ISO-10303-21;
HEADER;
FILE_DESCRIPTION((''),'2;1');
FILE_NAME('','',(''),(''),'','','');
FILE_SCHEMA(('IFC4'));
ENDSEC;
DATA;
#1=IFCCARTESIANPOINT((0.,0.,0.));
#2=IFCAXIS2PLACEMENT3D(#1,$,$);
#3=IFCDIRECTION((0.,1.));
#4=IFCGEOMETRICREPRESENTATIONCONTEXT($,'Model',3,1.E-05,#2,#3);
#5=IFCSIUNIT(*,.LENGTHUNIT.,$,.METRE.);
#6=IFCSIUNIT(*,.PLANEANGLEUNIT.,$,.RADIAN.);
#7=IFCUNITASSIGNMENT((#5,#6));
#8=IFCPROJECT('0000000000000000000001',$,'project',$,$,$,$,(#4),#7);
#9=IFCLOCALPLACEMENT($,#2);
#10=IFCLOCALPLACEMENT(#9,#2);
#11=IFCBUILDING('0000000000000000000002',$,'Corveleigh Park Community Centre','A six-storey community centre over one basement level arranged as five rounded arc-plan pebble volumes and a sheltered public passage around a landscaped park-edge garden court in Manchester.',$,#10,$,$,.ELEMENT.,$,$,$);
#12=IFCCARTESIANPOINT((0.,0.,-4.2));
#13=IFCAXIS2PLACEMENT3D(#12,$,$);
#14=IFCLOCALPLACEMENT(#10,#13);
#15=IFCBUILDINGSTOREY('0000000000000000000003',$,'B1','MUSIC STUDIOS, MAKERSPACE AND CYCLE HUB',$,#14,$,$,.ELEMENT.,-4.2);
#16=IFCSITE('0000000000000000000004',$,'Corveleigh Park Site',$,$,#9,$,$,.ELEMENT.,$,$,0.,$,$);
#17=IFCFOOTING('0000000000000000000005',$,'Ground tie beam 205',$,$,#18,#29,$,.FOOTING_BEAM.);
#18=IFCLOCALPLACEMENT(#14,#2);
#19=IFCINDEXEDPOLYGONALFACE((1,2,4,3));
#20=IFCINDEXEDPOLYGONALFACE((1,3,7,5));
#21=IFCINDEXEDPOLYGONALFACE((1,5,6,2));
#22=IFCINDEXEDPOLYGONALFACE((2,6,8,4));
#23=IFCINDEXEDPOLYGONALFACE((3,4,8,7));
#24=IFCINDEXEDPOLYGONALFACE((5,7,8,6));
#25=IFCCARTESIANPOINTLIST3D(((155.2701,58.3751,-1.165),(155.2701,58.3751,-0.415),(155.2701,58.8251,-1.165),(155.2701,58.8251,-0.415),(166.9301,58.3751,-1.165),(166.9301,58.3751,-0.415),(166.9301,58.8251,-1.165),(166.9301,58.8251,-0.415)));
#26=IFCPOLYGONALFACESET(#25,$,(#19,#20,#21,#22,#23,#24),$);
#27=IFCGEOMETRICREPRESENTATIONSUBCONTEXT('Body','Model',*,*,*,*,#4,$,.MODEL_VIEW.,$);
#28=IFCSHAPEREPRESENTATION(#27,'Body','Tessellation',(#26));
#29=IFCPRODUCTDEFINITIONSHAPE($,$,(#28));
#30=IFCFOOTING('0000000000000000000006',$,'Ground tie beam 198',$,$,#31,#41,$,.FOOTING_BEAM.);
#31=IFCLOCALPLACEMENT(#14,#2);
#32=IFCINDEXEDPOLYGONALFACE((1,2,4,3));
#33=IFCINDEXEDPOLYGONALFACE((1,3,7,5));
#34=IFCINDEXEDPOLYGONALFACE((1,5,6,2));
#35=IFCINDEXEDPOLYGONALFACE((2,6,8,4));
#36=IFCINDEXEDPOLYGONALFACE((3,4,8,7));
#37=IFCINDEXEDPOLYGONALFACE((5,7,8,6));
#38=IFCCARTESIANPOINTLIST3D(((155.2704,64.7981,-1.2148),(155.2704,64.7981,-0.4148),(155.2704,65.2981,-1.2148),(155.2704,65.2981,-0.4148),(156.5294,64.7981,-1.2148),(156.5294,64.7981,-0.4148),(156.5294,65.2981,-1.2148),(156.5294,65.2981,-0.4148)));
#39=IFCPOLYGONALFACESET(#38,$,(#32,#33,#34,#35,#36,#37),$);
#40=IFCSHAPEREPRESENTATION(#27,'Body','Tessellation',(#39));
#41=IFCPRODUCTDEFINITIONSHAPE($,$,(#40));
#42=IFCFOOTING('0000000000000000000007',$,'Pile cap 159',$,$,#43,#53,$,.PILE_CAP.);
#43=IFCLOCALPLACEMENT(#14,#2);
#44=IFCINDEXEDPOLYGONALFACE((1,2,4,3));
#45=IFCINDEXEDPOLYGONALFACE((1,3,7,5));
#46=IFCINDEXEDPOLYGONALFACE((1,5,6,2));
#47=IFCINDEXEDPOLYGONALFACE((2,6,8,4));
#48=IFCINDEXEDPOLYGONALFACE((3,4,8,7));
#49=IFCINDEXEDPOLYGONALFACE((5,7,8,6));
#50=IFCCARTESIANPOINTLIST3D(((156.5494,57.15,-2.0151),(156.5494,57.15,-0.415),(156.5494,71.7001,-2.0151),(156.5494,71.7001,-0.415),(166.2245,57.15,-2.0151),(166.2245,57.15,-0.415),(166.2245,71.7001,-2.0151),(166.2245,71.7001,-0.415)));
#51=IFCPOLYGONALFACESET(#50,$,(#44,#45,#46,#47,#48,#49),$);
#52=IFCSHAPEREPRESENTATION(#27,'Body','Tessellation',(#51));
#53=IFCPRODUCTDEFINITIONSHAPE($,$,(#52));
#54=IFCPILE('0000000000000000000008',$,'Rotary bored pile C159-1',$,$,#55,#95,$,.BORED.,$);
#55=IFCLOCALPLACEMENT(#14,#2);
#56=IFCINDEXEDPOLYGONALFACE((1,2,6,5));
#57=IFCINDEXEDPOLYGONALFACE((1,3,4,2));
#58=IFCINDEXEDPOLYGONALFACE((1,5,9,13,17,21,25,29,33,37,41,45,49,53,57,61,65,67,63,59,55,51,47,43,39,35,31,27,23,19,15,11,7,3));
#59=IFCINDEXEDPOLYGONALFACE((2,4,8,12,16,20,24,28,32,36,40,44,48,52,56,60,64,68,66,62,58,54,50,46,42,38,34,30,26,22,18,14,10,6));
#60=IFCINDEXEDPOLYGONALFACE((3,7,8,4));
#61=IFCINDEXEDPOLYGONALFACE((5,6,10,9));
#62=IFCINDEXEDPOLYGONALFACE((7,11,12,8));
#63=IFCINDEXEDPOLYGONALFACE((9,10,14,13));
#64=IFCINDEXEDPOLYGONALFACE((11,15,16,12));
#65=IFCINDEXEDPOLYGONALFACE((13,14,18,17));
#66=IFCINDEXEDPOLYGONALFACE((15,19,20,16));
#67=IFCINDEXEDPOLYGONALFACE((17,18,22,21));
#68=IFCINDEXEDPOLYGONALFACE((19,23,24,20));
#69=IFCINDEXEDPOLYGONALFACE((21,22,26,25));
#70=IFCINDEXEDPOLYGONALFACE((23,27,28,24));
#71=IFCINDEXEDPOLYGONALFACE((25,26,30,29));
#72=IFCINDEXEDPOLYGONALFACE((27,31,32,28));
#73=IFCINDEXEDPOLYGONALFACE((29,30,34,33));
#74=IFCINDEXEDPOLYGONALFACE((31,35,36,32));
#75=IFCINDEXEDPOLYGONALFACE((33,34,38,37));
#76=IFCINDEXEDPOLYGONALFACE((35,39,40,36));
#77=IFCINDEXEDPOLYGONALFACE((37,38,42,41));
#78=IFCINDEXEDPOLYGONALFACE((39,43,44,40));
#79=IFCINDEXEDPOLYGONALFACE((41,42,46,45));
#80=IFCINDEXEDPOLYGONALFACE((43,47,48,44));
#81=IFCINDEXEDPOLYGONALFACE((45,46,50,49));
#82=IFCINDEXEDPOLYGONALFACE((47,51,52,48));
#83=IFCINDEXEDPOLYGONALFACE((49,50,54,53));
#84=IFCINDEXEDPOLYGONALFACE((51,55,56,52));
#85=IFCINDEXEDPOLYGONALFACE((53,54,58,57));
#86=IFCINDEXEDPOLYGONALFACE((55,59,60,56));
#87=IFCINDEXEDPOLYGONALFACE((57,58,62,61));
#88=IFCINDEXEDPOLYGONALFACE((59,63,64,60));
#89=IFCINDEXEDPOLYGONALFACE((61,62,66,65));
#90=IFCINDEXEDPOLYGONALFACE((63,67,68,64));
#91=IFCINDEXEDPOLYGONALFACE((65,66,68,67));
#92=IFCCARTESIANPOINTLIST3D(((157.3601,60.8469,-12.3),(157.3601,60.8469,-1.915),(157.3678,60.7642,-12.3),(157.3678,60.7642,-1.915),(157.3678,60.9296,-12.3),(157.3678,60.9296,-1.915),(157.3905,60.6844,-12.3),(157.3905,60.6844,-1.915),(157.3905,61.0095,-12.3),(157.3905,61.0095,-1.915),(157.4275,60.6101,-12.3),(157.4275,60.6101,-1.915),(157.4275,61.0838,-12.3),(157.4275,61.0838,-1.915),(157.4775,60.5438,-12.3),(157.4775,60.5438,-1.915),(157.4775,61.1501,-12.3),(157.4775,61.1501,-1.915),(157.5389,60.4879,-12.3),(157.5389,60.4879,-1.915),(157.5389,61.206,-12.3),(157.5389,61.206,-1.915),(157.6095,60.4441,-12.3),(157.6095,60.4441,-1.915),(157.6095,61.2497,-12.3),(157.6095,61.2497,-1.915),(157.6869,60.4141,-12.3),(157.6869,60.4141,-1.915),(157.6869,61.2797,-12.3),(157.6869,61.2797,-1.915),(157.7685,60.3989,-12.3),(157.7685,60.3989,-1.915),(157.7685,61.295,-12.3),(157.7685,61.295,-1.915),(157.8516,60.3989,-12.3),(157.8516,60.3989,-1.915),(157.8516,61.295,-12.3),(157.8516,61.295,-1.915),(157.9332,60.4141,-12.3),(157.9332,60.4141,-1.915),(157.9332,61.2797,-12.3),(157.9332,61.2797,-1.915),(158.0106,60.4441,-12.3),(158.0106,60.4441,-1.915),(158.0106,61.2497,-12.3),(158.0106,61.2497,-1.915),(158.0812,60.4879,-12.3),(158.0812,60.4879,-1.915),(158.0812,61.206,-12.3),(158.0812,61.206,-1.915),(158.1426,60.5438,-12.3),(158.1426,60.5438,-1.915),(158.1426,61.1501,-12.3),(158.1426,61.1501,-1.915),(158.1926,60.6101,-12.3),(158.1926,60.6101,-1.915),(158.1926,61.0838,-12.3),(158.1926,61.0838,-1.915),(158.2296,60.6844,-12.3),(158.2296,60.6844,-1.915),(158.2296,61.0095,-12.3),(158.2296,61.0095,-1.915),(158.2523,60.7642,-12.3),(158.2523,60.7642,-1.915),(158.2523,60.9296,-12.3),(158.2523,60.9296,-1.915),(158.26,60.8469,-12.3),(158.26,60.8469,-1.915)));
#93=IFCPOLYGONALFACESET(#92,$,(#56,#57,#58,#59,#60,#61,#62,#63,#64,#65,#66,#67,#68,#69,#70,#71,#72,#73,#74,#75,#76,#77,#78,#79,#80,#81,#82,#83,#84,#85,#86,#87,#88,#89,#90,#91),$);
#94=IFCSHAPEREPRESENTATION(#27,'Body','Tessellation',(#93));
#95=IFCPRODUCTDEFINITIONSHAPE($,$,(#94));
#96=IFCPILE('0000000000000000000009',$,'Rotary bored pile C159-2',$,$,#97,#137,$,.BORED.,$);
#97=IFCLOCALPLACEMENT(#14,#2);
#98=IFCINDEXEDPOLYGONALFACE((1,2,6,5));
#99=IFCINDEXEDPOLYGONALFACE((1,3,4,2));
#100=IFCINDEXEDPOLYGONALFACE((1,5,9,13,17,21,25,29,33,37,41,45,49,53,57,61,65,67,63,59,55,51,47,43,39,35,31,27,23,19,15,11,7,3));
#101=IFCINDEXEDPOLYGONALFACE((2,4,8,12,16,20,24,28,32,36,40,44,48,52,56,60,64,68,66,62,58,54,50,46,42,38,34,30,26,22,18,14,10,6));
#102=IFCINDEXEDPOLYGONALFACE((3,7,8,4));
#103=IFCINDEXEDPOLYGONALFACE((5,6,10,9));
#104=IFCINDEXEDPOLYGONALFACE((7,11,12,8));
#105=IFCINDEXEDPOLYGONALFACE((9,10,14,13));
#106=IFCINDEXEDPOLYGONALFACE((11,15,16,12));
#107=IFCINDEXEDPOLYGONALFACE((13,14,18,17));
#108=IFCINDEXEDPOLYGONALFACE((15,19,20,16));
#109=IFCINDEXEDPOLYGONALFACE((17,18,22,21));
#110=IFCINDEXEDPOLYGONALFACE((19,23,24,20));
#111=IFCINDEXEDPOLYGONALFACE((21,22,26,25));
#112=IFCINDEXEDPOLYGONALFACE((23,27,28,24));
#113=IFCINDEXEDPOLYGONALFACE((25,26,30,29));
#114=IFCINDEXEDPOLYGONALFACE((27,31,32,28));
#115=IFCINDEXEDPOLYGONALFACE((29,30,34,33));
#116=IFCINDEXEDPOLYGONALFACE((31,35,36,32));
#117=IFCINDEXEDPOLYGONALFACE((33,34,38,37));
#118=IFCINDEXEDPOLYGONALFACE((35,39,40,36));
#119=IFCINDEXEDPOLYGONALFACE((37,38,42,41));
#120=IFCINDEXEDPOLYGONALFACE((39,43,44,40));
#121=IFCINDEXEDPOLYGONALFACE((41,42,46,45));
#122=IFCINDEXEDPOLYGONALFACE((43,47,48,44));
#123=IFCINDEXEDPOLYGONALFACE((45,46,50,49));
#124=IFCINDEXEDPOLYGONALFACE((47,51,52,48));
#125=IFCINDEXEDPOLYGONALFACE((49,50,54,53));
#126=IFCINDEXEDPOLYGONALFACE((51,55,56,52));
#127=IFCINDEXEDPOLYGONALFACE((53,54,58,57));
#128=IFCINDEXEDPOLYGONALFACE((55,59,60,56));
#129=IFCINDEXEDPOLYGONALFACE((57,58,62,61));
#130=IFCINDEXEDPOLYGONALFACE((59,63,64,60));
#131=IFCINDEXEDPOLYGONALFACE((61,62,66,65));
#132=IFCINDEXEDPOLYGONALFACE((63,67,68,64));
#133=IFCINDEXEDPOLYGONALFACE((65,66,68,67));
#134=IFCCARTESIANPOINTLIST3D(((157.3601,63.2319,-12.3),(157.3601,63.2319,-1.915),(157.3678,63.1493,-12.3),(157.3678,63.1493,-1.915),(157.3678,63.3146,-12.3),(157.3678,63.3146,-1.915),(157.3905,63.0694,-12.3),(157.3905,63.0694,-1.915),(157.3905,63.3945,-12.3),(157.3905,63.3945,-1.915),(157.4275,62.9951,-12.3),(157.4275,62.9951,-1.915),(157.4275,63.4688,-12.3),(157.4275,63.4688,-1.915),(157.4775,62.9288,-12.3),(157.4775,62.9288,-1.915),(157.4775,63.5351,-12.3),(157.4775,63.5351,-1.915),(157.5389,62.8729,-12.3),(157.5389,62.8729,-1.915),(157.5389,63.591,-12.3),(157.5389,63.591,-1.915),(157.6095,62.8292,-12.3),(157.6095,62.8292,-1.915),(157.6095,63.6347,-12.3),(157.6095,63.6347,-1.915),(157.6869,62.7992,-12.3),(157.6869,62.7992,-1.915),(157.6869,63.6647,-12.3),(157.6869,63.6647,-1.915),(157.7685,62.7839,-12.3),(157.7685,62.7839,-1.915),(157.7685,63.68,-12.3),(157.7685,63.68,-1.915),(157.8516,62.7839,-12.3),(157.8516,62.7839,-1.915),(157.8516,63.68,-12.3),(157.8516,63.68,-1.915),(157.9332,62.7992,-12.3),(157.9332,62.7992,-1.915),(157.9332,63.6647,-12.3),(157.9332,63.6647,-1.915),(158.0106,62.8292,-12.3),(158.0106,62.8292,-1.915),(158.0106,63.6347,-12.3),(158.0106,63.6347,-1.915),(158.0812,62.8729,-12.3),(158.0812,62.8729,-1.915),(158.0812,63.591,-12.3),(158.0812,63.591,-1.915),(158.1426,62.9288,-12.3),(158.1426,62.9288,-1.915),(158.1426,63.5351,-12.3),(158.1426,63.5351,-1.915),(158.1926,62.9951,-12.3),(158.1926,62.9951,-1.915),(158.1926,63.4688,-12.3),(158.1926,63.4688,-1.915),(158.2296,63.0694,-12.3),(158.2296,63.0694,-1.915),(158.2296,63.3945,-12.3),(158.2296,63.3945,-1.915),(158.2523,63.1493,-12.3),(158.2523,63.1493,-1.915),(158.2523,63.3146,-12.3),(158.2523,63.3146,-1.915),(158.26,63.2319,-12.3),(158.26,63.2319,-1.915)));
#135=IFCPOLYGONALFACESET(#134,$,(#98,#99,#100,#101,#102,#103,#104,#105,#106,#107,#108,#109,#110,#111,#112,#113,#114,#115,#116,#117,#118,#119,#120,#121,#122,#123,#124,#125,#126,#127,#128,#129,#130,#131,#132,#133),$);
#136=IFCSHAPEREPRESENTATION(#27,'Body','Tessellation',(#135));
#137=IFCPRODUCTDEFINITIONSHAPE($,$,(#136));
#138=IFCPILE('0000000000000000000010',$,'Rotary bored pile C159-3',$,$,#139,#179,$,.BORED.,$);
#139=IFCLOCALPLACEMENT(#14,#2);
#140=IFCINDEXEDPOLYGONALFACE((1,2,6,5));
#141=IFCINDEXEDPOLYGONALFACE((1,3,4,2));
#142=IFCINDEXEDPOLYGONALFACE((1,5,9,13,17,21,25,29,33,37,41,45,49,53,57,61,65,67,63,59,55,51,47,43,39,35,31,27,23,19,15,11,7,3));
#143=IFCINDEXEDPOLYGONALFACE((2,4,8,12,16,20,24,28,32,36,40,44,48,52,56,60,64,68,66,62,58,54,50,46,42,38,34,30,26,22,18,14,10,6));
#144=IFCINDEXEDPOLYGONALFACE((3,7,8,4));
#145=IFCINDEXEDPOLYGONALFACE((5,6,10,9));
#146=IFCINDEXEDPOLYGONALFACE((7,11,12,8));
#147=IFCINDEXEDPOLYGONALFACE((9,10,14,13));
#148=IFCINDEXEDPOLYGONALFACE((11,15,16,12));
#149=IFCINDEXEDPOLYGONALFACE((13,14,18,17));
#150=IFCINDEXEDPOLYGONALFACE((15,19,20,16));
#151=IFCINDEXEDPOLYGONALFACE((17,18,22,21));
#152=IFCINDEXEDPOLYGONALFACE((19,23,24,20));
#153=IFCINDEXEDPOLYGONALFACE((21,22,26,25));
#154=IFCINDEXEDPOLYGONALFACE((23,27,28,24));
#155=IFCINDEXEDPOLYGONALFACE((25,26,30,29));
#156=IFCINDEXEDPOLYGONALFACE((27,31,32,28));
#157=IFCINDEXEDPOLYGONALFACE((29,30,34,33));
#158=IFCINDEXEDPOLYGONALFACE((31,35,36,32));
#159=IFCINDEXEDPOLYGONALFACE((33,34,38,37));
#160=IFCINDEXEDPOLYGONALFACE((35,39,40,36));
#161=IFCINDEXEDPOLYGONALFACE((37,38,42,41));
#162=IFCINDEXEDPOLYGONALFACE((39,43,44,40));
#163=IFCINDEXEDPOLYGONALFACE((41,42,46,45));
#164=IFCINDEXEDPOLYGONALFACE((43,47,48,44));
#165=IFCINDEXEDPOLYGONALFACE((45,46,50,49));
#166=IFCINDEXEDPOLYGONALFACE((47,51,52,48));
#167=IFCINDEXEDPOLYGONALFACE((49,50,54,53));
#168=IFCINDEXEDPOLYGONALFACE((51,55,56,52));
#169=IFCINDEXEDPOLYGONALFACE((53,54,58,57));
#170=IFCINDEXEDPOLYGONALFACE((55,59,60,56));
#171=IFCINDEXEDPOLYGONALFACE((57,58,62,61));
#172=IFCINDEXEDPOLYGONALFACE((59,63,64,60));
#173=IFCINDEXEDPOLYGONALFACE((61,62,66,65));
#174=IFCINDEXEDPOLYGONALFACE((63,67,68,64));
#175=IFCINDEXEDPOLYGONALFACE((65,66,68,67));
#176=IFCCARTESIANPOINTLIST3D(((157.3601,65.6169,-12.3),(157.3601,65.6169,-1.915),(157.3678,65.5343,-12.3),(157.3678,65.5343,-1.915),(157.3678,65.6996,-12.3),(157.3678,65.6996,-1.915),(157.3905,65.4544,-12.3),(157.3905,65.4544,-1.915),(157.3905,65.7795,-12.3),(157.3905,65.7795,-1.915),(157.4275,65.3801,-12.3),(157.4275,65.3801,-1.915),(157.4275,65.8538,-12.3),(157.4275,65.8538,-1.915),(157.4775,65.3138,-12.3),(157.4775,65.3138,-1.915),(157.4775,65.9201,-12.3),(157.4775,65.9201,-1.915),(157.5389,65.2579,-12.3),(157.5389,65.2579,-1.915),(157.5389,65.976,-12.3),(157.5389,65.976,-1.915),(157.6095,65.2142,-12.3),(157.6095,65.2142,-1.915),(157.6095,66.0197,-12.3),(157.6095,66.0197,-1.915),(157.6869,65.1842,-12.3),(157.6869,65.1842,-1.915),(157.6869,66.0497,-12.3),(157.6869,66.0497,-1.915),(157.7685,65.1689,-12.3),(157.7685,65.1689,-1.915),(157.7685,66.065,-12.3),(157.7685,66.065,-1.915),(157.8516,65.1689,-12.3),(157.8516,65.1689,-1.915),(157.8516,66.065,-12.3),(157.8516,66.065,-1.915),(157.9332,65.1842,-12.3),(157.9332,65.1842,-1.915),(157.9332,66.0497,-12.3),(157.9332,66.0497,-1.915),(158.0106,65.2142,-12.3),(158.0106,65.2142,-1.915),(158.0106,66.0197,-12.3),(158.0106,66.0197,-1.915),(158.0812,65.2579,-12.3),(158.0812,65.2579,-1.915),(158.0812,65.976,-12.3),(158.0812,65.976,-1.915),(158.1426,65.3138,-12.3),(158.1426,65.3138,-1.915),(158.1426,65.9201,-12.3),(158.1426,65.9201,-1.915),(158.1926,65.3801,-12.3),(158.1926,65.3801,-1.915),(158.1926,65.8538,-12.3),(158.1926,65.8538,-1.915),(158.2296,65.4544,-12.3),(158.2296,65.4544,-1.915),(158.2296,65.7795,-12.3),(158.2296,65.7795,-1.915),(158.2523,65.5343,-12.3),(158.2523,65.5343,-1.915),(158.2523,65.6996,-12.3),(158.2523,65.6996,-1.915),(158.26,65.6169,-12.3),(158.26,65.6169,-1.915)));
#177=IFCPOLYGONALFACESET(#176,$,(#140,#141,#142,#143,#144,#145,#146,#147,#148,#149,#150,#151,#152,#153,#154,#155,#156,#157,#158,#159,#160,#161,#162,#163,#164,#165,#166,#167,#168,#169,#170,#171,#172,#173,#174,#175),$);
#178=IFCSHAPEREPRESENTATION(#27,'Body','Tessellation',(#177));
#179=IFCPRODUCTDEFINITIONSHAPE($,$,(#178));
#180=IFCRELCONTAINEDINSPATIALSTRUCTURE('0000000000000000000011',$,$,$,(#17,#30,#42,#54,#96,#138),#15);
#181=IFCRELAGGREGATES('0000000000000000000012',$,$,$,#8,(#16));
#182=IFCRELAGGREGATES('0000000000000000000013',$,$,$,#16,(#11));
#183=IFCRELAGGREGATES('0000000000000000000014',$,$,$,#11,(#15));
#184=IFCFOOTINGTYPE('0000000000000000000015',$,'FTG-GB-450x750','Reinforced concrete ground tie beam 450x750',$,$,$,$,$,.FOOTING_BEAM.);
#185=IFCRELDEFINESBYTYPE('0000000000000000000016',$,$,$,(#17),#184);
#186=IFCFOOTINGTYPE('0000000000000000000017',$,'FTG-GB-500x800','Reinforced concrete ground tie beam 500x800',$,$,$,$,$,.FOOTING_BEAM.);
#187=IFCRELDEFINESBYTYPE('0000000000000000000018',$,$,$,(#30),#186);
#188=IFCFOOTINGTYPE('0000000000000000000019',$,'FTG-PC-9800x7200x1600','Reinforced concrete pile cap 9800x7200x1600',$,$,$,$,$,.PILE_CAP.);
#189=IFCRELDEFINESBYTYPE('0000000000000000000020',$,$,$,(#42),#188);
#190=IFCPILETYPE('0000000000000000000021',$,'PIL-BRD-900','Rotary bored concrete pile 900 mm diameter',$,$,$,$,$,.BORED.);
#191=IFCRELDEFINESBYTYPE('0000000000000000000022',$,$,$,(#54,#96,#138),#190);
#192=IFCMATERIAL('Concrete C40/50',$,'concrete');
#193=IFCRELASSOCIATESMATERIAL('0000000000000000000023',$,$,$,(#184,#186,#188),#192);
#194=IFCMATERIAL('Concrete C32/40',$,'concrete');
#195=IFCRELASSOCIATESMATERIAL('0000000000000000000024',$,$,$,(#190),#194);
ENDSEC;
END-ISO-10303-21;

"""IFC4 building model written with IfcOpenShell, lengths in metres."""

from ifc_helpers import new_model, si_unit, direction, frame, origin, origin_2d, place, context, subcontext, project, spatial, rectangle, circle, extrude, material, material_profile, profile_set, type_object, element, save


model = new_model("IFC4")

# Units and contexts
model_context = context("Model", 3, precision=1e-05, world=origin(), true_north=direction((0.0, 1.0)))
body_context = subcontext(model_context, "Body", "Model", "MODEL_VIEW")
ifc_project = project(units=[si_unit("LENGTHUNIT", "METRE"), si_unit("PLANEANGLEUNIT", "RADIAN")], contexts=[model_context])

# Site, building, storey
site_placement = place(None, origin())
site = spatial("IfcSite", under=ifc_project, at=site_placement, Name="Corveleigh Park Site", CompositionType="ELEMENT", RefElevation=0.0)
building_placement = place(site_placement, origin())
building = spatial("IfcBuilding", under=site, at=building_placement, Name="Corveleigh Park Community Centre", Description="A six-storey community centre over one basement level arranged as five rounded arc-plan pebble volumes and a sheltered public passage around a landscaped park-edge garden court in Manchester.", CompositionType="ELEMENT")
storey_placement = place(building_placement, frame((0.0, 0.0, -4.2)))
storey = spatial("IfcBuildingStorey", under=building, at=storey_placement, Name="B1", Description="MUSIC STUDIOS, MAKERSPACE AND CYCLE HUB", CompositionType="ELEMENT", Elevation=-4.2)

# Footings
ifc_material_1 = material(Name="Concrete C40/50", Category="concrete")
footing_type_1 = type_object("IfcFootingType", Name="FTG-GB-450x750", Description="Reinforced concrete ground tie beam 450x750", PredefinedType="FOOTING_BEAM", material=ifc_material_1)
footing_1_placement = place(storey_placement, frame((161.1001, 58.6001, -1.165), z_axis=(0.0, 0.0, 1.0), x_axis=(1.0, 0.0, 0.0)))
element("IfcFooting", 1, at=footing_1_placement, inside=storey, type_object=footing_type_1, Name="Ground tie beam 205", PredefinedType="FOOTING_BEAM", context=body_context, shape_type="SweptSolid", body=[
    extrude(rectangle(XDim=11.6599, YDim=0.45, at=origin_2d()), origin(), (0.0, 0.0, 1.0), 0.75),
])
footing_type_2 = type_object("IfcFootingType", Name="FTG-GB-500x800", Description="Reinforced concrete ground tie beam 500x800", PredefinedType="FOOTING_BEAM", material=ifc_material_1)
footing_2_placement = place(storey_placement, frame((155.8999, 65.0481, -1.2148), z_axis=(0.0, 0.0, 1.0), x_axis=(1.0, 0.0, 0.0)))
element("IfcFooting", 2, at=footing_2_placement, inside=storey, type_object=footing_type_2, Name="Ground tie beam 198", PredefinedType="FOOTING_BEAM", context=body_context, shape_type="SweptSolid", body=[
    extrude(rectangle(XDim=1.259, YDim=0.5, at=origin_2d()), origin(), (0.0, 0.0, 1.0), 0.8),
])
footing_type_3 = type_object("IfcFootingType", Name="FTG-PC-9800x7200x1600", Description="Reinforced concrete pile cap 9800x7200x1600", PredefinedType="PILE_CAP", material=ifc_material_1)
footing_3_placement = place(storey_placement, frame((161.387, 64.425, -2.0151), z_axis=(0.0, 0.0, 1.0), x_axis=(1.0, 0.0, 0.0)))
element("IfcFooting", 3, at=footing_3_placement, inside=storey, type_object=footing_type_3, Name="Pile cap 159", PredefinedType="PILE_CAP", context=body_context, shape_type="SweptSolid", body=[
    extrude(rectangle(XDim=9.675, YDim=14.55, at=origin_2d()), origin(), (0.0, 0.0, 1.0), 1.6001),
])

# Piles
ifc_material_2 = material(Name="Concrete C32/40", Category="concrete")
ifc_material_profile_1 = material_profile(ifc_material_2, circle(Radius=0.45, at=origin_2d()), Name="BORED-PILE-900", Category="concrete")
ifc_profile_set_1 = profile_set([ifc_material_profile_1], Name="Concrete C32/40")
pile_type = type_object("IfcPileType", Name="PIL-BRD-900", Description="Rotary bored concrete pile 900 mm diameter", PredefinedType="BORED", material=ifc_profile_set_1)
for number, where, z_axis, x_axis, name in (
    (4, (157.8101, 60.8469, -1.915), (0.0, 0.0, -1.0), (1.0, 0.0, 0.0), "Rotary bored pile C159-1"),
    (5, (157.8101, 63.2319, -1.915), (0.0, 0.0, -1.0), (1.0, 0.0, 0.0), "Rotary bored pile C159-2"),
    (6, (157.8101, 65.6169, -1.915), (0.0, 0.0, -1.0), (1.0, 0.0, 0.0), "Rotary bored pile C159-3"),
):
    element("IfcPile", number, at=place(storey_placement, frame(where, z_axis=z_axis, x_axis=x_axis)), inside=storey, type_object=pile_type, Name=name, PredefinedType="BORED", context=body_context, shape_type="SweptSolid", body=[
        extrude(circle(Radius=0.45, at=origin_2d()), origin(), (0.0, 0.0, 1.0), 10.385),
    ])

save(model, "model.ifc")
